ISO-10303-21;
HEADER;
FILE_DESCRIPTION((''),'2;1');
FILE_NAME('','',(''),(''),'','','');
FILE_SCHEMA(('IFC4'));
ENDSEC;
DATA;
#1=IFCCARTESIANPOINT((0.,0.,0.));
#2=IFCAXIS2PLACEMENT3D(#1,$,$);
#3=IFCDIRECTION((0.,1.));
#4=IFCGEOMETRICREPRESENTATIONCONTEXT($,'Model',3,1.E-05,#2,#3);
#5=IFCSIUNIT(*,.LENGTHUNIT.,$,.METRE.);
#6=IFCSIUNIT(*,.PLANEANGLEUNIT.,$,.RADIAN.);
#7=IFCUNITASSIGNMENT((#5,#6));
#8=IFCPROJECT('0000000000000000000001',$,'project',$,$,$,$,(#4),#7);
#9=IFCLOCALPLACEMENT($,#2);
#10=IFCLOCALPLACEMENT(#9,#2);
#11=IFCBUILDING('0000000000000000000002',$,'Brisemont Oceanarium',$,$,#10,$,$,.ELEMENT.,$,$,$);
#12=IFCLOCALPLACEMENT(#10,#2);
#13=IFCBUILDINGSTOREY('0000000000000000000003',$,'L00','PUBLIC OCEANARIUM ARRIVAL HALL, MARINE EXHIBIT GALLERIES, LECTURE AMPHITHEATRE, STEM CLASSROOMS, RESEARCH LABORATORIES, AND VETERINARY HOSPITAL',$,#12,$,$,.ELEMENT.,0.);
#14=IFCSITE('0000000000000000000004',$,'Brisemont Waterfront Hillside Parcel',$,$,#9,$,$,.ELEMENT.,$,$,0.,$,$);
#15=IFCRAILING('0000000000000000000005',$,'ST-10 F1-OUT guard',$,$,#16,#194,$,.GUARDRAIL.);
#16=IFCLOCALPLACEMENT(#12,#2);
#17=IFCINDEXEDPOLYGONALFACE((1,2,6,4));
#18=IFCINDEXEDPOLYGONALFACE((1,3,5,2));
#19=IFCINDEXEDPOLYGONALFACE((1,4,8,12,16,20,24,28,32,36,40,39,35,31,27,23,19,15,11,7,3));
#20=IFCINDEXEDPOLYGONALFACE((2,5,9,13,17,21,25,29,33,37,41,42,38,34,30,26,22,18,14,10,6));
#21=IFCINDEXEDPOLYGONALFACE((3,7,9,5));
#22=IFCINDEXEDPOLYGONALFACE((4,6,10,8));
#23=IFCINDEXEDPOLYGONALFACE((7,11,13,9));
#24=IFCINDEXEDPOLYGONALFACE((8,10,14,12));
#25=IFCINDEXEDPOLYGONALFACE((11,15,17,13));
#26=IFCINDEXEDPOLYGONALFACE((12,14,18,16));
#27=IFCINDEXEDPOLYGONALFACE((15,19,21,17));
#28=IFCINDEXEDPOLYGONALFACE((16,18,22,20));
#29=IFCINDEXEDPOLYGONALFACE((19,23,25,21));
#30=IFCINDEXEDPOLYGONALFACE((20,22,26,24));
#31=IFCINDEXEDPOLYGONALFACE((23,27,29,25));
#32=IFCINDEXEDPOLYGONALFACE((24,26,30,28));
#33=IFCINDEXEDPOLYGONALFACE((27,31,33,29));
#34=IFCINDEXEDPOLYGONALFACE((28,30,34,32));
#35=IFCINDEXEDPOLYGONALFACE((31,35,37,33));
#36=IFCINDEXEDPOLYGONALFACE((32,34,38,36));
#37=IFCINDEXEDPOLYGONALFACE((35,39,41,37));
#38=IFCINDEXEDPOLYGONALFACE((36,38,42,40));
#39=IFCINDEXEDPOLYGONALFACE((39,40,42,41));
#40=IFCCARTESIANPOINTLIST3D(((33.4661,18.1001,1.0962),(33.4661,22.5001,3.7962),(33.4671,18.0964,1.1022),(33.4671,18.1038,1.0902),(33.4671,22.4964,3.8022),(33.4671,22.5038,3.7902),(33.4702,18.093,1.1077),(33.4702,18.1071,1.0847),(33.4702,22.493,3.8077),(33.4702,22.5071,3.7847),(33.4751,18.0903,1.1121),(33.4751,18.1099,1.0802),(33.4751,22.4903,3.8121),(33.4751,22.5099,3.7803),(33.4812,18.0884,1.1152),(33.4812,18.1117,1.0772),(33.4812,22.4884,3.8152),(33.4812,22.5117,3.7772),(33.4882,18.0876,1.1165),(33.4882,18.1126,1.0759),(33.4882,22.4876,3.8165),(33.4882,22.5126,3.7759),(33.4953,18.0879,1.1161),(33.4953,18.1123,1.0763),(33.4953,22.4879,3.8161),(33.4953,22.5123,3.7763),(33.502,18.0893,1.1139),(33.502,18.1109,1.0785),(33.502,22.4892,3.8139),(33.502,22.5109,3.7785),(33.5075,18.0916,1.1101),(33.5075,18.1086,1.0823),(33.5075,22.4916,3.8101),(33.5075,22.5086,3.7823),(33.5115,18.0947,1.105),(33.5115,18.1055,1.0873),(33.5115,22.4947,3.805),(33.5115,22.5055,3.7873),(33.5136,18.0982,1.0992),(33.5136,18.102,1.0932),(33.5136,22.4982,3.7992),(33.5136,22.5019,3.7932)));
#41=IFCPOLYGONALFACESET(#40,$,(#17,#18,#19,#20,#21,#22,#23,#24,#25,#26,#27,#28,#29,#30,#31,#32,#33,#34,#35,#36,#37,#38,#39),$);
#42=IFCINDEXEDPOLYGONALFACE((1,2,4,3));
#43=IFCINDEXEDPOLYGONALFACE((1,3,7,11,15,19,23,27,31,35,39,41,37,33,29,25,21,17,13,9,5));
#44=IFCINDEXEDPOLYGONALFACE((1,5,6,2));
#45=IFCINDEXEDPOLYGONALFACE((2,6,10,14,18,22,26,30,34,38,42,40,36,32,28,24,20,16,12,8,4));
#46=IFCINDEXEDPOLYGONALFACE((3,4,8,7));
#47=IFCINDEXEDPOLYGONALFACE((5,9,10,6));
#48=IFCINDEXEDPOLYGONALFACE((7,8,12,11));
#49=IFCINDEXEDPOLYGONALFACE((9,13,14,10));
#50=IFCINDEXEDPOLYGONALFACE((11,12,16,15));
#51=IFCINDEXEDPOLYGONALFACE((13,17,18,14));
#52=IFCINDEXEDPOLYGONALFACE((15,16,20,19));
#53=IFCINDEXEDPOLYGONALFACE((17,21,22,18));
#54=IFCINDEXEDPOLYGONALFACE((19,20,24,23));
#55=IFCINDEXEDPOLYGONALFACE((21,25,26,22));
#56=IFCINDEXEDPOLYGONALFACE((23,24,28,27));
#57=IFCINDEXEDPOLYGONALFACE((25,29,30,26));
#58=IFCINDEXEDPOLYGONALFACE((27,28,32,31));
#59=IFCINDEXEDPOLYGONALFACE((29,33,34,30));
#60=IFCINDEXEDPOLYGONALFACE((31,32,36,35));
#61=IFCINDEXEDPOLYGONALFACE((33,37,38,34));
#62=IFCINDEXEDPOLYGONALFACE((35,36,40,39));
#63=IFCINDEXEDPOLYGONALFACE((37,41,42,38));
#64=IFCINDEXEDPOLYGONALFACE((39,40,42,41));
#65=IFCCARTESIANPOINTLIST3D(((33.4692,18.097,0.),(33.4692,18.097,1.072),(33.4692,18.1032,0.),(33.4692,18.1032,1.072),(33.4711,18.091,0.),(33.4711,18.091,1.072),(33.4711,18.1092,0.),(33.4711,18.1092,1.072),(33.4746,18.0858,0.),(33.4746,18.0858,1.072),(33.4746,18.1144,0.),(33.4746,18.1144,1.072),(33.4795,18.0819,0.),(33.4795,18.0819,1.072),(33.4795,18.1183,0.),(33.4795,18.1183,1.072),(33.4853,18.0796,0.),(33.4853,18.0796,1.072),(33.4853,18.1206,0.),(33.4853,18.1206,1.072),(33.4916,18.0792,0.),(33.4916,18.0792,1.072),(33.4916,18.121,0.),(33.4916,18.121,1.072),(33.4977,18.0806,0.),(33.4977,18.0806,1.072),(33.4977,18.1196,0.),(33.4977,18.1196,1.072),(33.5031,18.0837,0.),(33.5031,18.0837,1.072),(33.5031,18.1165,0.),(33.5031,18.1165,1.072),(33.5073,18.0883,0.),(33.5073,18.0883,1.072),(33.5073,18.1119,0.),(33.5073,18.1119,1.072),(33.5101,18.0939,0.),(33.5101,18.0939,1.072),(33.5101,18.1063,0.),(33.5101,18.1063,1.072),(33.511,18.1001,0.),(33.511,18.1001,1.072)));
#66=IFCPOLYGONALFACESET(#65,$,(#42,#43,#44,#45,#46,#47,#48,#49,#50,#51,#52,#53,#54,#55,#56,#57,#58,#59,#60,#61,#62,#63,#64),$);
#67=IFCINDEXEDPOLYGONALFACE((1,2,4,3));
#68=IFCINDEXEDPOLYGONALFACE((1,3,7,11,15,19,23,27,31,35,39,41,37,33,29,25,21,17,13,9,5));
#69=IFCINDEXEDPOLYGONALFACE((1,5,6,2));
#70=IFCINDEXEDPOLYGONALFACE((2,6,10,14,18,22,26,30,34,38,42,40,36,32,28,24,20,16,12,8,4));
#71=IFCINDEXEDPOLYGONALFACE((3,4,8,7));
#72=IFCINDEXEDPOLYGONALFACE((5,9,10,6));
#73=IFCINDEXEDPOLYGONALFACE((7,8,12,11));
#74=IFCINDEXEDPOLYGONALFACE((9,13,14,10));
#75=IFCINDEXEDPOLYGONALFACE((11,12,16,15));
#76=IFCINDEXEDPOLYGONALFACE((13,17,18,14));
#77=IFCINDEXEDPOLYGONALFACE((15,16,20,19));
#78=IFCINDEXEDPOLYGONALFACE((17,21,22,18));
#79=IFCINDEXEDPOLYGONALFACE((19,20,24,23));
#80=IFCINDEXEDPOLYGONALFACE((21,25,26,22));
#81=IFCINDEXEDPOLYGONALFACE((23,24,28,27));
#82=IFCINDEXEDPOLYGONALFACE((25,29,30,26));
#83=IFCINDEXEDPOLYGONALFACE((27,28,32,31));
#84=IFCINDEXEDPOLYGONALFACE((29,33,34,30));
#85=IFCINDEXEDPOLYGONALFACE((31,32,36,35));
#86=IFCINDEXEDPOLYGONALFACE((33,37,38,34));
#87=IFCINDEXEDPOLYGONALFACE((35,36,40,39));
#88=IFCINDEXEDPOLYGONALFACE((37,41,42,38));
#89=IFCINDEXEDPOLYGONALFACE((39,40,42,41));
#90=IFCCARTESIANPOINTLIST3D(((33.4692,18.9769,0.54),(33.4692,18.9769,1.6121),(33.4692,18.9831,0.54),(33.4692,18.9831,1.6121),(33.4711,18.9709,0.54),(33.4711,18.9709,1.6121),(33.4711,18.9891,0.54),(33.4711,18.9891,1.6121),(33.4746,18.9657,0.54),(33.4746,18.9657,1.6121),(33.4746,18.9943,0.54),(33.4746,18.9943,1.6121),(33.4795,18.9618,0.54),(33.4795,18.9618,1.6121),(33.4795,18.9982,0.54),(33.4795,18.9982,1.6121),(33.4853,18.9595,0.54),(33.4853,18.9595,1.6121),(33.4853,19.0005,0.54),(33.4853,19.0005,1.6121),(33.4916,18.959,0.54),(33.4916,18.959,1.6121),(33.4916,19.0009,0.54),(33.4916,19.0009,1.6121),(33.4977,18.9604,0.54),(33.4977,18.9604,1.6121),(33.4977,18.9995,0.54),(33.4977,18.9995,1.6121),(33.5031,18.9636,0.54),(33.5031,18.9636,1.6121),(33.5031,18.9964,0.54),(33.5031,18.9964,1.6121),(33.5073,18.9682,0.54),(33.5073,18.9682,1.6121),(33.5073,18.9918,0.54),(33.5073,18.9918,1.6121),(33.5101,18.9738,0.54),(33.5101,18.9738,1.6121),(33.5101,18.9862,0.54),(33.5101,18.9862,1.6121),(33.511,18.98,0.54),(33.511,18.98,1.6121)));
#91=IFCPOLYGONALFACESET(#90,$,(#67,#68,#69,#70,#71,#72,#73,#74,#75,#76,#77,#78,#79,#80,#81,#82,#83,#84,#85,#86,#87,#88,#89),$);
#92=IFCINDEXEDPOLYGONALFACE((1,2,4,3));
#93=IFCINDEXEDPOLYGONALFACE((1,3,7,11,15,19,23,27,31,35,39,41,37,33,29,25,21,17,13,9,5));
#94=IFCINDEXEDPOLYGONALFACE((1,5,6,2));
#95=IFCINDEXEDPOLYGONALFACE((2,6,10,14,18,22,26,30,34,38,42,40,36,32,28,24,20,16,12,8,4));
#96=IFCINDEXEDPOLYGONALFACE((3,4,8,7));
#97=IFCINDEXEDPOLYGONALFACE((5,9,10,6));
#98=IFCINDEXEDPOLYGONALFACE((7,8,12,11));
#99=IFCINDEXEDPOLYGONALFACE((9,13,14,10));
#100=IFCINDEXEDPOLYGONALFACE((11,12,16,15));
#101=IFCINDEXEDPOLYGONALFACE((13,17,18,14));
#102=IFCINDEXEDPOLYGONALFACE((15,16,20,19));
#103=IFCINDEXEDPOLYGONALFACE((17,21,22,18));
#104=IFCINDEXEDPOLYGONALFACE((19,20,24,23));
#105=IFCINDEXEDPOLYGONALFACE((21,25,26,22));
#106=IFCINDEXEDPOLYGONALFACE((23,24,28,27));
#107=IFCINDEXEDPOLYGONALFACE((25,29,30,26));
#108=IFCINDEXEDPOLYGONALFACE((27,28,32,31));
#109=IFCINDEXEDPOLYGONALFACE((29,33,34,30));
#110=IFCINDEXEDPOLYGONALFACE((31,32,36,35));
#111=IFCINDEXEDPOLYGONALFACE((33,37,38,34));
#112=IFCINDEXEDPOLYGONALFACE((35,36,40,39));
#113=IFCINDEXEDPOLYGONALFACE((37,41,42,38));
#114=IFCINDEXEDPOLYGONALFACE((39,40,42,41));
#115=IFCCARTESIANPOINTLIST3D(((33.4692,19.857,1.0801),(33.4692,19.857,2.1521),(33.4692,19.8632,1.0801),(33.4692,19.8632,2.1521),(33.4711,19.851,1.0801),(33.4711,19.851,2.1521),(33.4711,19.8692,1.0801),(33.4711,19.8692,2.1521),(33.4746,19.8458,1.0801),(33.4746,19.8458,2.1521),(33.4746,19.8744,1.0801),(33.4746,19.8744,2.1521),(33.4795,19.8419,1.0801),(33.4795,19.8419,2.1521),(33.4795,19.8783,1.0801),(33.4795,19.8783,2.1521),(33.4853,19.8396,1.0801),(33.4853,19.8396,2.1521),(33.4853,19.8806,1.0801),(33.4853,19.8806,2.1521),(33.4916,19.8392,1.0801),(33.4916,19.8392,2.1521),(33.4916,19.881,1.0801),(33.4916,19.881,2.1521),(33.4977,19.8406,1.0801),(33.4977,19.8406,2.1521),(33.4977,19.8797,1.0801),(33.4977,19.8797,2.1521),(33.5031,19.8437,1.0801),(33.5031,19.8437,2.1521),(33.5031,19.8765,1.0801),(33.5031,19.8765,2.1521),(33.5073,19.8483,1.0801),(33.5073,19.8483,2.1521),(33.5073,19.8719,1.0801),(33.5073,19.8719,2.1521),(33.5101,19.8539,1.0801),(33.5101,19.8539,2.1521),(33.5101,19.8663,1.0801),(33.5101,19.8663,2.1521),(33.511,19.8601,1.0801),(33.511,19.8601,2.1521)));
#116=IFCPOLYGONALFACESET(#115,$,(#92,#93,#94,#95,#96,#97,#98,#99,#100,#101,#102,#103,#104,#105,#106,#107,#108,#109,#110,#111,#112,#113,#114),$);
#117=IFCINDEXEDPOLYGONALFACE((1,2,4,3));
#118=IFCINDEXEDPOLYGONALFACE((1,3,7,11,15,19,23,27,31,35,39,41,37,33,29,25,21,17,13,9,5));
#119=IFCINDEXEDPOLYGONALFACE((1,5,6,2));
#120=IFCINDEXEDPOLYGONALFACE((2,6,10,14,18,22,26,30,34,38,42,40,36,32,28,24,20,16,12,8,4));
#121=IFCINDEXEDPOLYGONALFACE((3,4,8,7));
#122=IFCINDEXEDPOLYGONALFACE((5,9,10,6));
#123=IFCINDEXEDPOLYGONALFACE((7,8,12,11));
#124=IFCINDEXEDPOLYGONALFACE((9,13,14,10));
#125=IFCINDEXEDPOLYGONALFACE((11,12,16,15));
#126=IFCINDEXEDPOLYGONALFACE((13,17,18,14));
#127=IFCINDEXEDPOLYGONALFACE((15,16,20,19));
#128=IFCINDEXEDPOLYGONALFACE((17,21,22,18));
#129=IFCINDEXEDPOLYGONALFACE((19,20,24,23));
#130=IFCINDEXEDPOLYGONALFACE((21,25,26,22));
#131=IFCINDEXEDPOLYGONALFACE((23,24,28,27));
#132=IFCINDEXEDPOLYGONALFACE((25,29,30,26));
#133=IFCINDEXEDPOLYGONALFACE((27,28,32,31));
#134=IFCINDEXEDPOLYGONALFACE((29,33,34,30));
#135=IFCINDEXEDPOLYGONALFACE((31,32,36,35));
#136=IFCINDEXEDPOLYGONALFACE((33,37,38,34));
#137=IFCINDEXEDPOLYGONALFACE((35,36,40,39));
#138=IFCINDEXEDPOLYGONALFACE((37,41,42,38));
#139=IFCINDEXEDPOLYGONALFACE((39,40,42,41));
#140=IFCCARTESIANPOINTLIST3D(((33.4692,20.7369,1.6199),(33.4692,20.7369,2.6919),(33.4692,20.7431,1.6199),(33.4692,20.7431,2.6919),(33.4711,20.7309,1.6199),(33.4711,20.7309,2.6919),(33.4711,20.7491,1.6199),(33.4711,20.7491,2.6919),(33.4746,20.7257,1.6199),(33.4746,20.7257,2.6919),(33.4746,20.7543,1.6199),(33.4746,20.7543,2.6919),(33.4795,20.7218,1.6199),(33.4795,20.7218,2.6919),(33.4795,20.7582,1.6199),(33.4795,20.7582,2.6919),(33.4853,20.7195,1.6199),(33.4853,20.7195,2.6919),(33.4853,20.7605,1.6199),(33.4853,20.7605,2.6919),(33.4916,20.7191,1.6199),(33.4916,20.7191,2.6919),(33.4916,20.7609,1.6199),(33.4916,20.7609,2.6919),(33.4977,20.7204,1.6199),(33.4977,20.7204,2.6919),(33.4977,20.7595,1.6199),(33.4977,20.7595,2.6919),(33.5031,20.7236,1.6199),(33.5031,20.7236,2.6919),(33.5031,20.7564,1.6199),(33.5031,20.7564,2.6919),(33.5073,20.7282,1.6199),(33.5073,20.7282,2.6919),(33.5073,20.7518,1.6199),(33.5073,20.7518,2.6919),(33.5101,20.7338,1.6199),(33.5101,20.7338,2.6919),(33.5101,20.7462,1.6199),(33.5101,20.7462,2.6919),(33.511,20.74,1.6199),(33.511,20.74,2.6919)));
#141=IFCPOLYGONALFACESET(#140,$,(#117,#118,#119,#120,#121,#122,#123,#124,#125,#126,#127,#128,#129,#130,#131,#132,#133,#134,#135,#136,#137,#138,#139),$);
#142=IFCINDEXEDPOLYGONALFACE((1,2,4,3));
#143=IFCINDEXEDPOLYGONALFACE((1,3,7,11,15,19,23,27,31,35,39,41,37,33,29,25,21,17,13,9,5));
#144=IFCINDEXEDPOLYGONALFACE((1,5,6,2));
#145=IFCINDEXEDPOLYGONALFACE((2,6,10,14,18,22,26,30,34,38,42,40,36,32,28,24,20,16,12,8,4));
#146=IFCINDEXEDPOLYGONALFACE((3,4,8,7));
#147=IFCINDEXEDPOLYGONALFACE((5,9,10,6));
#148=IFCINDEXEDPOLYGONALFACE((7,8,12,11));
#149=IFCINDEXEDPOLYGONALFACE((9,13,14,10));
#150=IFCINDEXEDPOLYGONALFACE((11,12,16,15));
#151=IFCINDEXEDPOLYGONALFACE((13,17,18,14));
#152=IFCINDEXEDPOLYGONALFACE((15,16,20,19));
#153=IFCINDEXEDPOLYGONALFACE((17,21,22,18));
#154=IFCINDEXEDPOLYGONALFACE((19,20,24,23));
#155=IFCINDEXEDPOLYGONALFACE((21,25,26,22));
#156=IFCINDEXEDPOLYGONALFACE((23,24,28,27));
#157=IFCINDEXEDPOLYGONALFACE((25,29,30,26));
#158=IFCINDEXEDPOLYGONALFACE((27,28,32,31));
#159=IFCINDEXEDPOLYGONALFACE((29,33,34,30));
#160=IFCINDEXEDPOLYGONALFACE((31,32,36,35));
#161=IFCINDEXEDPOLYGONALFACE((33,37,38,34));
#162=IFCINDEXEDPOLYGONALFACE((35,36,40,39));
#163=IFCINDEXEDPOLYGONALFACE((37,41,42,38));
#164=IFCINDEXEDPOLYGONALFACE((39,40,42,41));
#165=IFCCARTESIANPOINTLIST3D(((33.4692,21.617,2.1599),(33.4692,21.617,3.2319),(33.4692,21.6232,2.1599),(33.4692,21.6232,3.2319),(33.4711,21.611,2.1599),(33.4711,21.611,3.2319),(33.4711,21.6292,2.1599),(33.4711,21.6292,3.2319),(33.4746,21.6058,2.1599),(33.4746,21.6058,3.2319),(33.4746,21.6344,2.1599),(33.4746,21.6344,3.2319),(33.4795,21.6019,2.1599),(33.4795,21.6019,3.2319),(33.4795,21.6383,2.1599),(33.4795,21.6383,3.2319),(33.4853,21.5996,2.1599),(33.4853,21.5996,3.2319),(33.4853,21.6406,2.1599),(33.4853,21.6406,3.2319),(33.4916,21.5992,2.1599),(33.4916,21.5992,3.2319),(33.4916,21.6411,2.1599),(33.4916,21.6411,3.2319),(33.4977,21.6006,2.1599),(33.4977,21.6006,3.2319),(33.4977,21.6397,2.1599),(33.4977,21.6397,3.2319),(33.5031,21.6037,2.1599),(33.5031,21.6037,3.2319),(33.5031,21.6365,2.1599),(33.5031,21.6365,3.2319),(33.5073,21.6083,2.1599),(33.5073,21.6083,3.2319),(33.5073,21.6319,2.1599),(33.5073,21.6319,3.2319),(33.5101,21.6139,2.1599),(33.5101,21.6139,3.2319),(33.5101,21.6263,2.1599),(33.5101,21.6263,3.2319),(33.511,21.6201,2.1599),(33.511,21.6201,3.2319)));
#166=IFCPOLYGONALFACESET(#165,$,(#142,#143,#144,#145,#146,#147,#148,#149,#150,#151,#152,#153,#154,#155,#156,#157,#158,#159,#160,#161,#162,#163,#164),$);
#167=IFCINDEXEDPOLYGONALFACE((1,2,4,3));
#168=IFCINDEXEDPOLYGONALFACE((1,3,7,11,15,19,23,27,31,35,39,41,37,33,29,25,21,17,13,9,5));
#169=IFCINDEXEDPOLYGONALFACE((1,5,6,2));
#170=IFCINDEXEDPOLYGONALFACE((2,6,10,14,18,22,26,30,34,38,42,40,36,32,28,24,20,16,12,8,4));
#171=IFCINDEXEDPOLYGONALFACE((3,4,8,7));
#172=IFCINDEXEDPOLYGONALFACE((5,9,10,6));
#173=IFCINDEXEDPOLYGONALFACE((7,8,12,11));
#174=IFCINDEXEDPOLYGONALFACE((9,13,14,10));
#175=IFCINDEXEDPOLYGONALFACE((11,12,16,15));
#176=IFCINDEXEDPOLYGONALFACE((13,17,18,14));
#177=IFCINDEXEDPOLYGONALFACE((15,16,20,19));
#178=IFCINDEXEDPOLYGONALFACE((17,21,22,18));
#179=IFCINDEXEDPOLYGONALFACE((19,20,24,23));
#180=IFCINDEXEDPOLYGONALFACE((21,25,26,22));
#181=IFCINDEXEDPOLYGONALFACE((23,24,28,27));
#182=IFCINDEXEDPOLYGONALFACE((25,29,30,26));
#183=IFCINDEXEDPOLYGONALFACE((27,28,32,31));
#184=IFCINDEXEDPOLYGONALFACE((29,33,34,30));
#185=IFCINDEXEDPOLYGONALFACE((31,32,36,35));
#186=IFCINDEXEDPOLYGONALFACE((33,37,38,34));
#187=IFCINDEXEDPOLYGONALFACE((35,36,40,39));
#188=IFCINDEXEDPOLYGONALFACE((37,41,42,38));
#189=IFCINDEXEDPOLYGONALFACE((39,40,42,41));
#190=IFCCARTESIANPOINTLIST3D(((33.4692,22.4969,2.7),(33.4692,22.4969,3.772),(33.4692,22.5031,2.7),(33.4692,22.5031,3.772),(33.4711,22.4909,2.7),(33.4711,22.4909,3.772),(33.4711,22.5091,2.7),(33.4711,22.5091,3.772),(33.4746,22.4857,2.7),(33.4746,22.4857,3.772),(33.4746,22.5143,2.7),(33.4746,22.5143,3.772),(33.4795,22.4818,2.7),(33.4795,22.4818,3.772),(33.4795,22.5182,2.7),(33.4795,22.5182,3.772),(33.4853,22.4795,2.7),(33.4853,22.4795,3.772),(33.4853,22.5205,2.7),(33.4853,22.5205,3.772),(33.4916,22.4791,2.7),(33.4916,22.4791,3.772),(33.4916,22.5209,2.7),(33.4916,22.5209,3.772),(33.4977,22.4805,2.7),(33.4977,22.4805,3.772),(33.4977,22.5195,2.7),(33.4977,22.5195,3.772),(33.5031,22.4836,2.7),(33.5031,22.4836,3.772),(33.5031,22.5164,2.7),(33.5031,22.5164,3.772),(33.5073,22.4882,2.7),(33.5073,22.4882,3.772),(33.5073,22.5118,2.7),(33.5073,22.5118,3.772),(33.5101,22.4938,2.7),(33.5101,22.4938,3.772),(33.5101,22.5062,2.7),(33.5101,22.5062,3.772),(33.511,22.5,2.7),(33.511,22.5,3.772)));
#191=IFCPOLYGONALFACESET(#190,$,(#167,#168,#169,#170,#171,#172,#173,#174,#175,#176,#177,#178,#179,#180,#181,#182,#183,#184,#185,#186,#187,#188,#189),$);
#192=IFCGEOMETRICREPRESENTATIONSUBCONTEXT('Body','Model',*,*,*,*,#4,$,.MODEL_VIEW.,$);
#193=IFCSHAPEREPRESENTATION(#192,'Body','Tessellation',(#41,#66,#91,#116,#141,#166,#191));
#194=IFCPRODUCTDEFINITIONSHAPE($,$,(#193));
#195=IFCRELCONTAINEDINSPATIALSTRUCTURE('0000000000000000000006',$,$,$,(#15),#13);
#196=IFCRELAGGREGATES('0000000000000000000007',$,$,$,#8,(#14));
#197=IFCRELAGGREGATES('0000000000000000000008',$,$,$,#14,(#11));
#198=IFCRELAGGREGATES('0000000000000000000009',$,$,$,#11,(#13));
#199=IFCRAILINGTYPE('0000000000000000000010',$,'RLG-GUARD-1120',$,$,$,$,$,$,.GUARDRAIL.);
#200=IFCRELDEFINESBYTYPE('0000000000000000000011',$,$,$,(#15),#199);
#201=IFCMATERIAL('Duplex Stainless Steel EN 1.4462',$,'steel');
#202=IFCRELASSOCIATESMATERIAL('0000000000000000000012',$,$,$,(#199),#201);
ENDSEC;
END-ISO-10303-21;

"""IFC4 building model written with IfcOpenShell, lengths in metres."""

from ifc_helpers import new_model, si_unit, direction, frame, origin, origin_2d, place, context, subcontext, project, spatial, circle, extrude, material, type_object, element, save


model = new_model("IFC4")

# Units and contexts
model_context = context("Model", 3, precision=1e-05, world=origin(), true_north=direction((0.0, 1.0)))
body_context = subcontext(model_context, "Body", "Model", "MODEL_VIEW")
ifc_project = project(units=[si_unit("LENGTHUNIT", "METRE"), si_unit("PLANEANGLEUNIT", "RADIAN")], contexts=[model_context])

# Site, building, storey
site_placement = place(None, origin())
site = spatial("IfcSite", under=ifc_project, at=site_placement, Name="Brisemont Waterfront Hillside Parcel", CompositionType="ELEMENT", RefElevation=0.0)
building_placement = place(site_placement, origin())
building = spatial("IfcBuilding", under=site, at=building_placement, Name="Brisemont Oceanarium", CompositionType="ELEMENT")
storey_placement = place(building_placement, origin())
storey = spatial("IfcBuildingStorey", under=building, at=storey_placement, Name="L00", Description="PUBLIC OCEANARIUM ARRIVAL HALL, MARINE EXHIBIT GALLERIES, LECTURE AMPHITHEATRE, STEM CLASSROOMS, RESEARCH LABORATORIES, AND VETERINARY HOSPITAL", CompositionType="ELEMENT", Elevation=0.0)

# Railing
ifc_material_1 = material(Name="Duplex Stainless Steel EN 1.4462", Category="steel")
railing_type_1 = type_object("IfcRailingType", Name="RLG-GUARD-1120", PredefinedType="GUARDRAIL", material=ifc_material_1)
for number, where, name in (
    (1, (33.49, 18.1001, 0.0), "ST-10 F1-OUT guard"),
):
    element("IfcRailing", number, at=place(storey_placement, frame(where)), inside=storey, type_object=railing_type_1, Name=name, PredefinedType="GUARDRAIL", context=body_context, shape_type="SweptSolid", body=[
        extrude(circle(Radius=0.0239, at=origin_2d()), frame((0.0, 0.0, 1.0962), z_axis=(0.0, 0.852322, 0.523018), x_axis=(-1.0, 0.0, 0.0)), (0.0, 0.0, 1.0), 5.1624),
        extrude(circle(Radius=0.021, at=origin_2d()), origin(), (0.0, 0.0, 1.0), 1.072),
        extrude(circle(Radius=0.021, at=origin_2d()), frame((0.0, 0.8799, 0.54)), (0.0, 0.0, 1.0), 1.072),
        extrude(circle(Radius=0.021, at=origin_2d()), frame((0.0, 1.76, 1.0801)), (0.0, 0.0, 1.0), 1.072),
        extrude(circle(Radius=0.021, at=origin_2d()), frame((0.0, 2.6399, 1.6199)), (0.0, 0.0, 1.0), 1.072),
        extrude(circle(Radius=0.021, at=origin_2d()), frame((0.0, 3.52, 2.1599)), (0.0, 0.0, 1.0), 1.072),
        extrude(circle(Radius=0.021, at=origin_2d()), frame((0.0, 4.3999, 2.7)), (0.0, 0.0, 1.0), 1.072),
    ])

save(model, "model.ifc")
